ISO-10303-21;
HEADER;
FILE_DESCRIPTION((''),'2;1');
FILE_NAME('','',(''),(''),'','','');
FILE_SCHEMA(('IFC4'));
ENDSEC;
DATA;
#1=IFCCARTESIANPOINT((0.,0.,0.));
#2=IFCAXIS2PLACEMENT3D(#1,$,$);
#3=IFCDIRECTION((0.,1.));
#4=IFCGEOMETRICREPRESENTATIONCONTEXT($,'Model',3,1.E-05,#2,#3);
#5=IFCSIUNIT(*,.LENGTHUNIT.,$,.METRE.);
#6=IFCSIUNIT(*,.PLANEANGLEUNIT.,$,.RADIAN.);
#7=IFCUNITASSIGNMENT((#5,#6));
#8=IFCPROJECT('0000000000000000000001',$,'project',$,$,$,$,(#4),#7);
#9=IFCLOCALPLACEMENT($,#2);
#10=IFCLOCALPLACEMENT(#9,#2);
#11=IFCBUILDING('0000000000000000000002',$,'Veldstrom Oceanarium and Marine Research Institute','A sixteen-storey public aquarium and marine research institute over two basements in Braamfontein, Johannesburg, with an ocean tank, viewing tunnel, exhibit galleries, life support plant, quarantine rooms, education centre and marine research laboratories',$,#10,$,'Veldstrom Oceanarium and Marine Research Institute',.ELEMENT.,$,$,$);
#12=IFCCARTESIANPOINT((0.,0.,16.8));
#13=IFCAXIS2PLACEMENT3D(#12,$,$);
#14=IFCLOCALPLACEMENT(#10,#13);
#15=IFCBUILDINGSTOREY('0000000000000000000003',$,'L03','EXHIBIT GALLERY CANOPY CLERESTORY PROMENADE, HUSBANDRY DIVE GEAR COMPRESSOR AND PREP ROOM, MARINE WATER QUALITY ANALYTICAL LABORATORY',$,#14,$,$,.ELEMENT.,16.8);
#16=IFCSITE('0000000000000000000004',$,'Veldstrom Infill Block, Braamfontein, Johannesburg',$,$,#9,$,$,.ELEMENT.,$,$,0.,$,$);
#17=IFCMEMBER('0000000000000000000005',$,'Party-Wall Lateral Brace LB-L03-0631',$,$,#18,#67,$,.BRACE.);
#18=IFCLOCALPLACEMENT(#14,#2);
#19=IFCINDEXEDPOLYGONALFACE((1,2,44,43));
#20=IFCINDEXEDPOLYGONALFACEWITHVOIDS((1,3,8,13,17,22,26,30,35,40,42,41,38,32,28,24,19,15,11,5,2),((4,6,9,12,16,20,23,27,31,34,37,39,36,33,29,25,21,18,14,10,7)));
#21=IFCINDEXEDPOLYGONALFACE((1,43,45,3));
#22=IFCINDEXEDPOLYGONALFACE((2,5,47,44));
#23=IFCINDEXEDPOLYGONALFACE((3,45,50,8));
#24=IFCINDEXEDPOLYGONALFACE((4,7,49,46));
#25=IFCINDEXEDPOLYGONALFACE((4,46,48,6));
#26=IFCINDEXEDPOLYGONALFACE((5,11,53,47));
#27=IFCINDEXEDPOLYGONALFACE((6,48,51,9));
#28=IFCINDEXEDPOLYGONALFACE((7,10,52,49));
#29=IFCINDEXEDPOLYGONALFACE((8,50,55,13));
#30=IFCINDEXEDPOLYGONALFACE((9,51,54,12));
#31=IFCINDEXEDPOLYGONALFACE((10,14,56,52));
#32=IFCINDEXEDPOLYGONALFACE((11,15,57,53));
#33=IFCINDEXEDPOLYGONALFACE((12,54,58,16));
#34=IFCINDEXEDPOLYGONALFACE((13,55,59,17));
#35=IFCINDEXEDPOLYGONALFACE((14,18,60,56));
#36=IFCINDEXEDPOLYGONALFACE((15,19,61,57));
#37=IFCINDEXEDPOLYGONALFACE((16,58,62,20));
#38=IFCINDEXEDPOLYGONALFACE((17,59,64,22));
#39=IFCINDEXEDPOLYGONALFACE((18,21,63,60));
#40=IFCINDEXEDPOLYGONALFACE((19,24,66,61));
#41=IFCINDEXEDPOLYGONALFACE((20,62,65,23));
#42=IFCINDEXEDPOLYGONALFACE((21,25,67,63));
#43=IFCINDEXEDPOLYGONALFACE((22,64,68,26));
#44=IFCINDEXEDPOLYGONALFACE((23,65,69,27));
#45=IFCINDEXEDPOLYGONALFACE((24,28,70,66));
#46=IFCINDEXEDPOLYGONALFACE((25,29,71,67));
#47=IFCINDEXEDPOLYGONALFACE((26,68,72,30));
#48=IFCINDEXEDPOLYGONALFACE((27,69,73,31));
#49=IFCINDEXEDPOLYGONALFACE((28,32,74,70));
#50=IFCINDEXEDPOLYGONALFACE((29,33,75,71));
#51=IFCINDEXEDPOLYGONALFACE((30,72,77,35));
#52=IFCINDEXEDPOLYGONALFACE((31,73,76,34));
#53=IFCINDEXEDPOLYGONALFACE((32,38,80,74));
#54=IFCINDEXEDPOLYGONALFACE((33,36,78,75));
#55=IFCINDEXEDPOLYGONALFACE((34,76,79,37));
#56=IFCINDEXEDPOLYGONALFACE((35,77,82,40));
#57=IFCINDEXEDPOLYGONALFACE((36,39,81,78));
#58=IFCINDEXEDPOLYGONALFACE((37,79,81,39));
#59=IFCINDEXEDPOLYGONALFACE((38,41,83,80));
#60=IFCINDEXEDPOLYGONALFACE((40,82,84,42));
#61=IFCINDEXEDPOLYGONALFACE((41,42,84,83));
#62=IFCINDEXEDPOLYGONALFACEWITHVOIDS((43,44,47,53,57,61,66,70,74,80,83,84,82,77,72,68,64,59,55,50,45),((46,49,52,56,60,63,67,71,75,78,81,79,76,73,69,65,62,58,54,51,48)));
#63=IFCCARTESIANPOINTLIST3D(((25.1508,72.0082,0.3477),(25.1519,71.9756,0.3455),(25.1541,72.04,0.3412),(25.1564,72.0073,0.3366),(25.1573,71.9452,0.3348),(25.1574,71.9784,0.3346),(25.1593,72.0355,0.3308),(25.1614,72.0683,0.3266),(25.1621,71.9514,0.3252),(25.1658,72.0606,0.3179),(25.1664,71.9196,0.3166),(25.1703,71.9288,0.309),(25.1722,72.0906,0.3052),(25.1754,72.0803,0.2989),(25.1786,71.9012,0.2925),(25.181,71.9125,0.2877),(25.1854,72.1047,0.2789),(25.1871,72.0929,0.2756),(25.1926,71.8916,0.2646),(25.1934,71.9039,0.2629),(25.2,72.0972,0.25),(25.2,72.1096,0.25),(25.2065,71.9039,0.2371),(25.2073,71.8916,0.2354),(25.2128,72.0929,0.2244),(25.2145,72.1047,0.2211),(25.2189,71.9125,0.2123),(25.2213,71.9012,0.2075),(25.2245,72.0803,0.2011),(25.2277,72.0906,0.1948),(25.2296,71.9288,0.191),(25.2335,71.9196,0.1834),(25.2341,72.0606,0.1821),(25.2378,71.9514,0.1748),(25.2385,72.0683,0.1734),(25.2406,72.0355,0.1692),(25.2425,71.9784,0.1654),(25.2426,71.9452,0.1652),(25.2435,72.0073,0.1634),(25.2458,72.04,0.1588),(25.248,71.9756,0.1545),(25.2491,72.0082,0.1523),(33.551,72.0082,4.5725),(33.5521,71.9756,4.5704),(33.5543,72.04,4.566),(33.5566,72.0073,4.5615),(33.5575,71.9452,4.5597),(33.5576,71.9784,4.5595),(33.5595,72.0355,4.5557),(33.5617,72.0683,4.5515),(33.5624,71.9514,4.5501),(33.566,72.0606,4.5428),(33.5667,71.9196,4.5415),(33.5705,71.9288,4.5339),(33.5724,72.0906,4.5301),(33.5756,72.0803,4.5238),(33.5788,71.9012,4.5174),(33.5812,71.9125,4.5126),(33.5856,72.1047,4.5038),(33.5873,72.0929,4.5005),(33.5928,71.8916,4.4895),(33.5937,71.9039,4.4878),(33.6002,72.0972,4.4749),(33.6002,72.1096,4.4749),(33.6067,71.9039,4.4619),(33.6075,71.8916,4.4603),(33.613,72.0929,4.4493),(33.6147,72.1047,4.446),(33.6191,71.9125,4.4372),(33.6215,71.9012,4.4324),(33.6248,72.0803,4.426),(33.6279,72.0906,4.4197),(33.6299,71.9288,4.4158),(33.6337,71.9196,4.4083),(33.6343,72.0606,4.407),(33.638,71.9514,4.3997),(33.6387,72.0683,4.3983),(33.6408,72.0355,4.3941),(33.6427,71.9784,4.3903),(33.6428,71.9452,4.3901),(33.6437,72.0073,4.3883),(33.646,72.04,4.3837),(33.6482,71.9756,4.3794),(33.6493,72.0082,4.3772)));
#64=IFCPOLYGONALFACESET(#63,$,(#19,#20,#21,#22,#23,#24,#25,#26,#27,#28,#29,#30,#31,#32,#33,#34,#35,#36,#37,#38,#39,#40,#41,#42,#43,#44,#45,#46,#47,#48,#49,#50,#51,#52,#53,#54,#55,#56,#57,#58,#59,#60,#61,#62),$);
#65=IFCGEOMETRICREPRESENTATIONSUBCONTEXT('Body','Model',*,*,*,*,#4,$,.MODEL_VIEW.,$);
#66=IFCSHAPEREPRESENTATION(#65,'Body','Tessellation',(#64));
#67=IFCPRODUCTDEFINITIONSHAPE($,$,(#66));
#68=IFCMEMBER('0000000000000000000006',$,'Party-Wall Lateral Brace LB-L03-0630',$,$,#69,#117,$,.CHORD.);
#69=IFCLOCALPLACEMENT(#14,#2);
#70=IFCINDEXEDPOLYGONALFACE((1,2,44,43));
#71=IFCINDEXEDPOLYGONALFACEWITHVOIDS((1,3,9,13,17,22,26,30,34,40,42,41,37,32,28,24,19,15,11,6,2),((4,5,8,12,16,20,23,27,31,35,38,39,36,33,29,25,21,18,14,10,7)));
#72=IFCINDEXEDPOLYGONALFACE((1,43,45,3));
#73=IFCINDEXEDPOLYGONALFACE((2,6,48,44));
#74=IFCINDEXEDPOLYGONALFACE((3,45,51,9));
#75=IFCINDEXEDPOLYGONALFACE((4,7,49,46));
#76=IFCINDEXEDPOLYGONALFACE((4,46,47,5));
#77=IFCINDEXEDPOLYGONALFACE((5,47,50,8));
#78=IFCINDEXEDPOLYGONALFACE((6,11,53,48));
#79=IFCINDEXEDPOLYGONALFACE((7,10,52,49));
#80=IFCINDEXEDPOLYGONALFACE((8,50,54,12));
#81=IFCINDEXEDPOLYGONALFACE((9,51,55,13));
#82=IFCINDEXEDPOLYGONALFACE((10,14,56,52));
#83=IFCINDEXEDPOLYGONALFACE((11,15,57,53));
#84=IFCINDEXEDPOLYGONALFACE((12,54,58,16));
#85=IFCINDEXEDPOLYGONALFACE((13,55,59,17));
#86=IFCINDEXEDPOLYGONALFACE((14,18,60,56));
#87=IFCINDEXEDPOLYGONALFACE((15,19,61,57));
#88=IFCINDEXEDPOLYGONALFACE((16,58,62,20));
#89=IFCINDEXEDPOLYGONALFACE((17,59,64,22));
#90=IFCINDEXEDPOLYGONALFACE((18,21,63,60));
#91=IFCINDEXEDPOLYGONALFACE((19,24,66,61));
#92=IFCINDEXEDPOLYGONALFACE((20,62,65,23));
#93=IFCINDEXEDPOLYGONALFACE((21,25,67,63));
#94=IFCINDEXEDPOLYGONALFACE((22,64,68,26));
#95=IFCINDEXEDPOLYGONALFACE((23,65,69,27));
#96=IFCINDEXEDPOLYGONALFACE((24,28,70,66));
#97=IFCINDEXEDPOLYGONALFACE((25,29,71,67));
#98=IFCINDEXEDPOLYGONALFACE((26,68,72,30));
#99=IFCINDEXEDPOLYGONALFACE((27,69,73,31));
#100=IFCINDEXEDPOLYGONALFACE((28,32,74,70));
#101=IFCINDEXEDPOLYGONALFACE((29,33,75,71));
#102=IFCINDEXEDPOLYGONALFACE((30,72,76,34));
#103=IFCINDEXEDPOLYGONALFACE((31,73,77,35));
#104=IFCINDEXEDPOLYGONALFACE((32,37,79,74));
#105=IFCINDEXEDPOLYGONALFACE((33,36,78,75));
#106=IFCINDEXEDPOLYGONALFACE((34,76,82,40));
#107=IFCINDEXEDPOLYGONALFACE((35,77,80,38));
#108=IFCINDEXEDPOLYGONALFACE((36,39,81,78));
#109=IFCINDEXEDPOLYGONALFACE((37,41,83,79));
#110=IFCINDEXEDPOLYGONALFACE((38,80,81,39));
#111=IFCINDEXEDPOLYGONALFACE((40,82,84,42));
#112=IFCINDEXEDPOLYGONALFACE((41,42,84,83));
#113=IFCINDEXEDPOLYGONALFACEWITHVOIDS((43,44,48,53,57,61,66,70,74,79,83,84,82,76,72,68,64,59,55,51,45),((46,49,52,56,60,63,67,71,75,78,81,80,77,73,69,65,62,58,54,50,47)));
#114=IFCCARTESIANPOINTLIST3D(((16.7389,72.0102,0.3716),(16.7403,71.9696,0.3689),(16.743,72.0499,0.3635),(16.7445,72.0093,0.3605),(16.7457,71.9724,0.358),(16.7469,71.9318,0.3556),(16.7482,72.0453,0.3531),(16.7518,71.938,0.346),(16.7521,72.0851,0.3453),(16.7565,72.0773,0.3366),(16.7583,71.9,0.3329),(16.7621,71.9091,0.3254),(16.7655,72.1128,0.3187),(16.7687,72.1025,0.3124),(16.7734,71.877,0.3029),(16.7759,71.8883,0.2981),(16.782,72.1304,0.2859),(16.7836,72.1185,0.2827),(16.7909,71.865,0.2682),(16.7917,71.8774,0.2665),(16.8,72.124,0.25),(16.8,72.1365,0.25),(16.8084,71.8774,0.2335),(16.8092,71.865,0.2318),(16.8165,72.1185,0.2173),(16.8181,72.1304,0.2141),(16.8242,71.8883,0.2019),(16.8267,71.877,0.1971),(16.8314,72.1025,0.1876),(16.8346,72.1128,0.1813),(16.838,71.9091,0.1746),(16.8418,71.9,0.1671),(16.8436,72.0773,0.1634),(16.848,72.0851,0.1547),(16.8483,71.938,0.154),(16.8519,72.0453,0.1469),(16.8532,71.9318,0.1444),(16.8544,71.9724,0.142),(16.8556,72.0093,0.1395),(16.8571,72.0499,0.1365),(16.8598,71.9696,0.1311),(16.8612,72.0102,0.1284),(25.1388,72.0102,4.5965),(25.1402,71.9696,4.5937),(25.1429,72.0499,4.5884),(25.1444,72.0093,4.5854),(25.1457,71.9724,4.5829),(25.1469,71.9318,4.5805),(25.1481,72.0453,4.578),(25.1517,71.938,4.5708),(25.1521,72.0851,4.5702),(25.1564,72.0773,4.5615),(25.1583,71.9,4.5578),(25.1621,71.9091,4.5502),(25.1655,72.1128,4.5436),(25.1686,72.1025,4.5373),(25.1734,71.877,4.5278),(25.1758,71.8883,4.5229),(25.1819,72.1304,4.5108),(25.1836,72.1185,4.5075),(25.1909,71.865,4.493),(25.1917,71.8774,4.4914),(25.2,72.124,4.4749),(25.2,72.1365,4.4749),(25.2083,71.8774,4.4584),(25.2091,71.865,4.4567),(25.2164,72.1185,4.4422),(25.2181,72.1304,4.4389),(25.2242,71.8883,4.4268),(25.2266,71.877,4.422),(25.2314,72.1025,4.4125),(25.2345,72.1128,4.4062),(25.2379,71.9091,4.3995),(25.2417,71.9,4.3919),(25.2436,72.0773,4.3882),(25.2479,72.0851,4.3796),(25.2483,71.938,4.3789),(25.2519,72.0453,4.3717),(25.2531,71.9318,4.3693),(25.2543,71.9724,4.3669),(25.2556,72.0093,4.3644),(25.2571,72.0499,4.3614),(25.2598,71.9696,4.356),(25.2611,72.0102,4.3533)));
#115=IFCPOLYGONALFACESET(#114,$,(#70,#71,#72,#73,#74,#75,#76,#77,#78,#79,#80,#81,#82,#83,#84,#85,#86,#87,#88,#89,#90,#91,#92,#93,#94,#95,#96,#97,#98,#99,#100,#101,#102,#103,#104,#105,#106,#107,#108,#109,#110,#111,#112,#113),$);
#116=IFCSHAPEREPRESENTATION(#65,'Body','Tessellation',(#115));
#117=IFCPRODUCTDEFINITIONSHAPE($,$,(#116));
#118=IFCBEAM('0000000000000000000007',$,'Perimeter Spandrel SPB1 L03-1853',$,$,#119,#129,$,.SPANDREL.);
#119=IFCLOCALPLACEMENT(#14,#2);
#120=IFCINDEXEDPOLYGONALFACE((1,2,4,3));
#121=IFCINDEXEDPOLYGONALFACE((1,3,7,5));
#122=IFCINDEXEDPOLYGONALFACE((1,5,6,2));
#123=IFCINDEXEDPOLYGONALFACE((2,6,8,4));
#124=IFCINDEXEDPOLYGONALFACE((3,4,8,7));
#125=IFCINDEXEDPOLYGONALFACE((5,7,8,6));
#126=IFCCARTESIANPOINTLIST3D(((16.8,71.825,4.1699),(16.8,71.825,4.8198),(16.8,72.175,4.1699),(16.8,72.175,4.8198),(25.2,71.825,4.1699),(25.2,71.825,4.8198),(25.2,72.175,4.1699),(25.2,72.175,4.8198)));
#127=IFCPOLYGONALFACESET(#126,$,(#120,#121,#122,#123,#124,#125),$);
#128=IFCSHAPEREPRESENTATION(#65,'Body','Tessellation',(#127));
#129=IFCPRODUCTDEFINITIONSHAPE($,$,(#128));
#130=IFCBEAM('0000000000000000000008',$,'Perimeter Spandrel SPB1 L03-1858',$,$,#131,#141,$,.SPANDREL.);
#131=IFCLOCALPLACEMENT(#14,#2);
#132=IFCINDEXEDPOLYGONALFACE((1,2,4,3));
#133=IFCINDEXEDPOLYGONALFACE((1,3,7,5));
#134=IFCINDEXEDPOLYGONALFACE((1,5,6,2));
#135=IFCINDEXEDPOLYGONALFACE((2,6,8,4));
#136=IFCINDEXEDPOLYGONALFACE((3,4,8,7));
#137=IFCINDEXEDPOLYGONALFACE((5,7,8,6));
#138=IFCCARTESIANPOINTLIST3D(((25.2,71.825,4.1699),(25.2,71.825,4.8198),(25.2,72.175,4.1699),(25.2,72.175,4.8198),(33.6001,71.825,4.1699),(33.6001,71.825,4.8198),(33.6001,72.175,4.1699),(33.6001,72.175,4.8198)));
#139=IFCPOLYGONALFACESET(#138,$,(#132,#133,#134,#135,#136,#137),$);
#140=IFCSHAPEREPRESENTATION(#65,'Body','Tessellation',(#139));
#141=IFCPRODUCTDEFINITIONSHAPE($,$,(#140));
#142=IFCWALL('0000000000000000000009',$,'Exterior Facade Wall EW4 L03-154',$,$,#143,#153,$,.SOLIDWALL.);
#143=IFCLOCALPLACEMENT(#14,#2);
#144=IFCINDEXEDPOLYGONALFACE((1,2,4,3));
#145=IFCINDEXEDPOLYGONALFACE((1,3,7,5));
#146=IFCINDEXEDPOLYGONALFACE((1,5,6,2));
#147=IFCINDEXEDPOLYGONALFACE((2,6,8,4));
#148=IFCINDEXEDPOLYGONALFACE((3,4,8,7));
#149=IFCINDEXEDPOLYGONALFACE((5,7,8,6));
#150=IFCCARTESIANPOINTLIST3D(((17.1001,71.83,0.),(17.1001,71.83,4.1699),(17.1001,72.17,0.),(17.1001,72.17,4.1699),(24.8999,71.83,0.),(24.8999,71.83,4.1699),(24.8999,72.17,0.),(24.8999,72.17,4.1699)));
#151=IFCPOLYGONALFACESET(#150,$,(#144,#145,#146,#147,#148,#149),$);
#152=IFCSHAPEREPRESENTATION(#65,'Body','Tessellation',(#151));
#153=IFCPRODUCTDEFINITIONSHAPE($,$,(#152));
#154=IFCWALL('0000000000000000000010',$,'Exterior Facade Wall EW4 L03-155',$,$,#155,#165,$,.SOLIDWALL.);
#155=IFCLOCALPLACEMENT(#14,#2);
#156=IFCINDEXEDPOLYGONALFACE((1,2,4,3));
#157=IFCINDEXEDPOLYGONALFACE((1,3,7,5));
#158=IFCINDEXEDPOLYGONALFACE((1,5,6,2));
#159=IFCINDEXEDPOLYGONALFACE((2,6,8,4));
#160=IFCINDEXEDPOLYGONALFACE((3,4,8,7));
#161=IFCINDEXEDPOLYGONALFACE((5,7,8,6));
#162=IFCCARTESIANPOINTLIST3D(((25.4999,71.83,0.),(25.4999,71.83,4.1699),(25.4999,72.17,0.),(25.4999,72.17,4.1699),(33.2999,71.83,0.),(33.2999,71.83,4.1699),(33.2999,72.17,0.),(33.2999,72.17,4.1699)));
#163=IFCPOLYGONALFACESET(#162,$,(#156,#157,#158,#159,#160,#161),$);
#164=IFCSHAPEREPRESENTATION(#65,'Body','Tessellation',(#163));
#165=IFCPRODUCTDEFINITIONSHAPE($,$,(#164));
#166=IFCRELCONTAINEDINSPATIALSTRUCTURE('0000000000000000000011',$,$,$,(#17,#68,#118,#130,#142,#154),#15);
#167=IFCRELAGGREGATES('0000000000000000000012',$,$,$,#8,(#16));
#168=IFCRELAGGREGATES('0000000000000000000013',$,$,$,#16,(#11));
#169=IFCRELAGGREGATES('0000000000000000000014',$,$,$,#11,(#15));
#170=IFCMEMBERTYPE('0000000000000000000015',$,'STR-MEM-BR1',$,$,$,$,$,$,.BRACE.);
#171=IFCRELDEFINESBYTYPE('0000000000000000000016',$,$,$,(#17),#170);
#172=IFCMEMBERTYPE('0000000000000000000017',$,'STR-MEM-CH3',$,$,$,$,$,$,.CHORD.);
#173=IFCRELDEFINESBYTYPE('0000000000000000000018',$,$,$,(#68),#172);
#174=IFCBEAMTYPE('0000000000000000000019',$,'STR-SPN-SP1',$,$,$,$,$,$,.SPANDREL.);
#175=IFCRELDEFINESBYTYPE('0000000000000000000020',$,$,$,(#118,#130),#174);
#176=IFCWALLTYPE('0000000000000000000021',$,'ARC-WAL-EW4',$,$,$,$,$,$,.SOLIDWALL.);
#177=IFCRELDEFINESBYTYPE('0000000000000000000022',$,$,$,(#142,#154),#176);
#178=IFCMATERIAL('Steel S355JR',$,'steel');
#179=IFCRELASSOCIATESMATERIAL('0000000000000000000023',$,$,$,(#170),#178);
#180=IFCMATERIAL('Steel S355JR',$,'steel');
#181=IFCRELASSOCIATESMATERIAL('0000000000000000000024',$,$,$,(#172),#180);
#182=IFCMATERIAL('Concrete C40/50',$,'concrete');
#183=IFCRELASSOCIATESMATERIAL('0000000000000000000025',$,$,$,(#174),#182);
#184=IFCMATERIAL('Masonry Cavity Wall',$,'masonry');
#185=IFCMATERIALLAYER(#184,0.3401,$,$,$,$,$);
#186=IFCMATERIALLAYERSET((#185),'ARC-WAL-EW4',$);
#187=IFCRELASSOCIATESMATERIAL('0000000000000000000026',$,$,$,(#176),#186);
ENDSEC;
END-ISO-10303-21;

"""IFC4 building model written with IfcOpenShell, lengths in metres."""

from ifc_helpers import new_model, si_unit, direction, frame, frame_2d, origin, origin_2d, place, context, subcontext, project, spatial, rectangle, hollow_circle, extrude, material, layer, layer_set, material_profile, profile_set, type_object, element, save


model = new_model("IFC4")

# Units and contexts
model_context = context("Model", 3, precision=1e-05, world=origin(), true_north=direction((0.0, 1.0)))
body_context = subcontext(model_context, "Body", "Model", "MODEL_VIEW")
ifc_project = project(units=[si_unit("LENGTHUNIT", "METRE"), si_unit("PLANEANGLEUNIT", "RADIAN")], contexts=[model_context])

# Site, building, storey
site_placement = place(None, origin())
site = spatial("IfcSite", under=ifc_project, at=site_placement, Name="Veldstrom Infill Block, Braamfontein, Johannesburg", CompositionType="ELEMENT", RefElevation=0.0)
building_placement = place(site_placement, origin())
building = spatial("IfcBuilding", under=site, at=building_placement, Name="Veldstrom Oceanarium and Marine Research Institute", Description="A sixteen-storey public aquarium and marine research institute over two basements in Braamfontein, Johannesburg, with an ocean tank, viewing tunnel, exhibit galleries, life support plant, quarantine rooms, education centre and marine research laboratories", LongName="Veldstrom Oceanarium and Marine Research Institute", CompositionType="ELEMENT")
storey_placement = place(building_placement, frame((0.0, 0.0, 16.8)))
storey = spatial("IfcBuildingStorey", under=building, at=storey_placement, Name="L03", Description="EXHIBIT GALLERY CANOPY CLERESTORY PROMENADE, HUSBANDRY DIVE GEAR COMPRESSOR AND PREP ROOM, MARINE WATER QUALITY ANALYTICAL LABORATORY", CompositionType="ELEMENT", Elevation=16.8)

# Members
ifc_material_1 = material(Name="Steel S355JR", Category="steel")
ifc_material_profile_1 = material_profile(ifc_material_1, hollow_circle(Radius=0.1096, WallThickness=0.0125, at=origin_2d()), Name="CHS 219.1x12.5")
ifc_profile_set_1 = profile_set([ifc_material_profile_1], Name="Steel S355JR")
member_type_1 = type_object("IfcMemberType", Name="STR-MEM-BR1", PredefinedType="BRACE", material=ifc_profile_set_1)
member_1_placement = place(storey_placement, frame((25.2, 72.0, 0.25), z_axis=(0.893371, 0.0, 0.449321), x_axis=(0.0, 1.0, 0.0)))
element("IfcMember", 1, at=member_1_placement, inside=storey, type_object=member_type_1, Name="Party-Wall Lateral Brace LB-L03-0631", PredefinedType="BRACE", context=body_context, shape_type="SweptSolid", body=[
    extrude(hollow_circle(Radius=0.1096, WallThickness=0.0125, at=origin_2d()), origin(), (0.0, 0.0, 1.0), 9.4028),
])
ifc_material_2 = material(Name="Steel S355JR", Category="steel")
ifc_material_profile_2 = material_profile(ifc_material_2, hollow_circle(Radius=0.1365, WallThickness=0.0125, at=origin_2d()), Name="CHS 273x12.5")
ifc_profile_set_2 = profile_set([ifc_material_profile_2], Name="Steel S355JR")
member_type_2 = type_object("IfcMemberType", Name="STR-MEM-CH3", PredefinedType="CHORD", material=ifc_profile_set_2)
member_2_placement = place(storey_placement, frame((16.8, 72.0, 0.25), z_axis=(0.893365, 0.0, 0.449331), x_axis=(0.0, 1.0, 0.0)))
element("IfcMember", 2, at=member_2_placement, inside=storey, type_object=member_type_2, Name="Party-Wall Lateral Brace LB-L03-0630", PredefinedType="CHORD", context=body_context, shape_type="SweptSolid", body=[
    extrude(hollow_circle(Radius=0.1365, WallThickness=0.0125, at=origin_2d()), origin(), (0.0, 0.0, 1.0), 9.4026),
])

# Beams
ifc_material_3 = material(Name="Concrete C40/50", Category="concrete")
ifc_material_profile_3 = material_profile(ifc_material_3, rectangle(XDim=0.3501, YDim=0.6499, at=origin_2d()), Name="RC-SPN-350x650")
ifc_profile_set_3 = profile_set([ifc_material_profile_3], Name="Concrete C40/50")
beam_type_1 = type_object("IfcBeamType", Name="STR-SPN-SP1", PredefinedType="SPANDREL", material=ifc_profile_set_3)
beam_1_placement = place(storey_placement, frame((16.8, 72.0, 4.4949), z_axis=(1.0, 0.0, 0.0), x_axis=(0.0, 1.0, 0.0)))
element("IfcBeam", 3, at=beam_1_placement, inside=storey, type_object=beam_type_1, Name="Perimeter Spandrel SPB1 L03-1853", PredefinedType="SPANDREL", context=body_context, shape_type="SweptSolid", body=[
    extrude(rectangle(XDim=0.3501, YDim=0.6499, at=origin_2d()), origin(), (0.0, 0.0, 1.0), 8.3999),
])
beam_2_placement = place(storey_placement, frame((25.2, 72.0, 4.4949), z_axis=(1.0, 0.0, 0.0), x_axis=(0.0, 1.0, 0.0)))
element("IfcBeam", 4, at=beam_2_placement, inside=storey, type_object=beam_type_1, Name="Perimeter Spandrel SPB1 L03-1858", PredefinedType="SPANDREL", context=body_context, shape_type="SweptSolid", body=[
    extrude(rectangle(XDim=0.3501, YDim=0.6499, at=origin_2d()), origin(), (0.0, 0.0, 1.0), 8.4001),
])

# Walls
ifc_material_4 = material(Name="Masonry Cavity Wall", Category="masonry")
ifc_layer_1 = layer(ifc_material_4, 0.3401)
ifc_layer_set_1 = layer_set([ifc_layer_1], Name="ARC-WAL-EW4")
wall_type_1 = type_object("IfcWallType", Name="ARC-WAL-EW4", PredefinedType="SOLIDWALL", material=ifc_layer_set_1)
wall_1_placement = place(storey_placement, frame((17.1001, 72.0, 0.0), z_axis=(0.0, 0.0, 1.0), x_axis=(1.0, 0.0, 0.0)))
element("IfcWall", 5, at=wall_1_placement, inside=storey, type_object=wall_type_1, Name="Exterior Facade Wall EW4 L03-154", PredefinedType="SOLIDWALL", context=body_context, shape_type="SweptSolid", body=[
    extrude(rectangle(XDim=7.7998, YDim=0.3401, at=frame_2d((3.8999, 0.0))), origin(), (0.0, 0.0, 1.0), 4.1699),
])
wall_2_placement = place(storey_placement, frame((25.5, 72.0, 0.0), z_axis=(0.0, 0.0, 1.0), x_axis=(1.0, 0.0, 0.0)))
element("IfcWall", 6, at=wall_2_placement, inside=storey, type_object=wall_type_1, Name="Exterior Facade Wall EW4 L03-155", PredefinedType="SOLIDWALL", context=body_context, shape_type="SweptSolid", body=[
    extrude(rectangle(XDim=7.8, YDim=0.3401, at=frame_2d((3.8999, 0.0))), origin(), (0.0, 0.0, 1.0), 4.1699),
])

save(model, "model.ifc")
